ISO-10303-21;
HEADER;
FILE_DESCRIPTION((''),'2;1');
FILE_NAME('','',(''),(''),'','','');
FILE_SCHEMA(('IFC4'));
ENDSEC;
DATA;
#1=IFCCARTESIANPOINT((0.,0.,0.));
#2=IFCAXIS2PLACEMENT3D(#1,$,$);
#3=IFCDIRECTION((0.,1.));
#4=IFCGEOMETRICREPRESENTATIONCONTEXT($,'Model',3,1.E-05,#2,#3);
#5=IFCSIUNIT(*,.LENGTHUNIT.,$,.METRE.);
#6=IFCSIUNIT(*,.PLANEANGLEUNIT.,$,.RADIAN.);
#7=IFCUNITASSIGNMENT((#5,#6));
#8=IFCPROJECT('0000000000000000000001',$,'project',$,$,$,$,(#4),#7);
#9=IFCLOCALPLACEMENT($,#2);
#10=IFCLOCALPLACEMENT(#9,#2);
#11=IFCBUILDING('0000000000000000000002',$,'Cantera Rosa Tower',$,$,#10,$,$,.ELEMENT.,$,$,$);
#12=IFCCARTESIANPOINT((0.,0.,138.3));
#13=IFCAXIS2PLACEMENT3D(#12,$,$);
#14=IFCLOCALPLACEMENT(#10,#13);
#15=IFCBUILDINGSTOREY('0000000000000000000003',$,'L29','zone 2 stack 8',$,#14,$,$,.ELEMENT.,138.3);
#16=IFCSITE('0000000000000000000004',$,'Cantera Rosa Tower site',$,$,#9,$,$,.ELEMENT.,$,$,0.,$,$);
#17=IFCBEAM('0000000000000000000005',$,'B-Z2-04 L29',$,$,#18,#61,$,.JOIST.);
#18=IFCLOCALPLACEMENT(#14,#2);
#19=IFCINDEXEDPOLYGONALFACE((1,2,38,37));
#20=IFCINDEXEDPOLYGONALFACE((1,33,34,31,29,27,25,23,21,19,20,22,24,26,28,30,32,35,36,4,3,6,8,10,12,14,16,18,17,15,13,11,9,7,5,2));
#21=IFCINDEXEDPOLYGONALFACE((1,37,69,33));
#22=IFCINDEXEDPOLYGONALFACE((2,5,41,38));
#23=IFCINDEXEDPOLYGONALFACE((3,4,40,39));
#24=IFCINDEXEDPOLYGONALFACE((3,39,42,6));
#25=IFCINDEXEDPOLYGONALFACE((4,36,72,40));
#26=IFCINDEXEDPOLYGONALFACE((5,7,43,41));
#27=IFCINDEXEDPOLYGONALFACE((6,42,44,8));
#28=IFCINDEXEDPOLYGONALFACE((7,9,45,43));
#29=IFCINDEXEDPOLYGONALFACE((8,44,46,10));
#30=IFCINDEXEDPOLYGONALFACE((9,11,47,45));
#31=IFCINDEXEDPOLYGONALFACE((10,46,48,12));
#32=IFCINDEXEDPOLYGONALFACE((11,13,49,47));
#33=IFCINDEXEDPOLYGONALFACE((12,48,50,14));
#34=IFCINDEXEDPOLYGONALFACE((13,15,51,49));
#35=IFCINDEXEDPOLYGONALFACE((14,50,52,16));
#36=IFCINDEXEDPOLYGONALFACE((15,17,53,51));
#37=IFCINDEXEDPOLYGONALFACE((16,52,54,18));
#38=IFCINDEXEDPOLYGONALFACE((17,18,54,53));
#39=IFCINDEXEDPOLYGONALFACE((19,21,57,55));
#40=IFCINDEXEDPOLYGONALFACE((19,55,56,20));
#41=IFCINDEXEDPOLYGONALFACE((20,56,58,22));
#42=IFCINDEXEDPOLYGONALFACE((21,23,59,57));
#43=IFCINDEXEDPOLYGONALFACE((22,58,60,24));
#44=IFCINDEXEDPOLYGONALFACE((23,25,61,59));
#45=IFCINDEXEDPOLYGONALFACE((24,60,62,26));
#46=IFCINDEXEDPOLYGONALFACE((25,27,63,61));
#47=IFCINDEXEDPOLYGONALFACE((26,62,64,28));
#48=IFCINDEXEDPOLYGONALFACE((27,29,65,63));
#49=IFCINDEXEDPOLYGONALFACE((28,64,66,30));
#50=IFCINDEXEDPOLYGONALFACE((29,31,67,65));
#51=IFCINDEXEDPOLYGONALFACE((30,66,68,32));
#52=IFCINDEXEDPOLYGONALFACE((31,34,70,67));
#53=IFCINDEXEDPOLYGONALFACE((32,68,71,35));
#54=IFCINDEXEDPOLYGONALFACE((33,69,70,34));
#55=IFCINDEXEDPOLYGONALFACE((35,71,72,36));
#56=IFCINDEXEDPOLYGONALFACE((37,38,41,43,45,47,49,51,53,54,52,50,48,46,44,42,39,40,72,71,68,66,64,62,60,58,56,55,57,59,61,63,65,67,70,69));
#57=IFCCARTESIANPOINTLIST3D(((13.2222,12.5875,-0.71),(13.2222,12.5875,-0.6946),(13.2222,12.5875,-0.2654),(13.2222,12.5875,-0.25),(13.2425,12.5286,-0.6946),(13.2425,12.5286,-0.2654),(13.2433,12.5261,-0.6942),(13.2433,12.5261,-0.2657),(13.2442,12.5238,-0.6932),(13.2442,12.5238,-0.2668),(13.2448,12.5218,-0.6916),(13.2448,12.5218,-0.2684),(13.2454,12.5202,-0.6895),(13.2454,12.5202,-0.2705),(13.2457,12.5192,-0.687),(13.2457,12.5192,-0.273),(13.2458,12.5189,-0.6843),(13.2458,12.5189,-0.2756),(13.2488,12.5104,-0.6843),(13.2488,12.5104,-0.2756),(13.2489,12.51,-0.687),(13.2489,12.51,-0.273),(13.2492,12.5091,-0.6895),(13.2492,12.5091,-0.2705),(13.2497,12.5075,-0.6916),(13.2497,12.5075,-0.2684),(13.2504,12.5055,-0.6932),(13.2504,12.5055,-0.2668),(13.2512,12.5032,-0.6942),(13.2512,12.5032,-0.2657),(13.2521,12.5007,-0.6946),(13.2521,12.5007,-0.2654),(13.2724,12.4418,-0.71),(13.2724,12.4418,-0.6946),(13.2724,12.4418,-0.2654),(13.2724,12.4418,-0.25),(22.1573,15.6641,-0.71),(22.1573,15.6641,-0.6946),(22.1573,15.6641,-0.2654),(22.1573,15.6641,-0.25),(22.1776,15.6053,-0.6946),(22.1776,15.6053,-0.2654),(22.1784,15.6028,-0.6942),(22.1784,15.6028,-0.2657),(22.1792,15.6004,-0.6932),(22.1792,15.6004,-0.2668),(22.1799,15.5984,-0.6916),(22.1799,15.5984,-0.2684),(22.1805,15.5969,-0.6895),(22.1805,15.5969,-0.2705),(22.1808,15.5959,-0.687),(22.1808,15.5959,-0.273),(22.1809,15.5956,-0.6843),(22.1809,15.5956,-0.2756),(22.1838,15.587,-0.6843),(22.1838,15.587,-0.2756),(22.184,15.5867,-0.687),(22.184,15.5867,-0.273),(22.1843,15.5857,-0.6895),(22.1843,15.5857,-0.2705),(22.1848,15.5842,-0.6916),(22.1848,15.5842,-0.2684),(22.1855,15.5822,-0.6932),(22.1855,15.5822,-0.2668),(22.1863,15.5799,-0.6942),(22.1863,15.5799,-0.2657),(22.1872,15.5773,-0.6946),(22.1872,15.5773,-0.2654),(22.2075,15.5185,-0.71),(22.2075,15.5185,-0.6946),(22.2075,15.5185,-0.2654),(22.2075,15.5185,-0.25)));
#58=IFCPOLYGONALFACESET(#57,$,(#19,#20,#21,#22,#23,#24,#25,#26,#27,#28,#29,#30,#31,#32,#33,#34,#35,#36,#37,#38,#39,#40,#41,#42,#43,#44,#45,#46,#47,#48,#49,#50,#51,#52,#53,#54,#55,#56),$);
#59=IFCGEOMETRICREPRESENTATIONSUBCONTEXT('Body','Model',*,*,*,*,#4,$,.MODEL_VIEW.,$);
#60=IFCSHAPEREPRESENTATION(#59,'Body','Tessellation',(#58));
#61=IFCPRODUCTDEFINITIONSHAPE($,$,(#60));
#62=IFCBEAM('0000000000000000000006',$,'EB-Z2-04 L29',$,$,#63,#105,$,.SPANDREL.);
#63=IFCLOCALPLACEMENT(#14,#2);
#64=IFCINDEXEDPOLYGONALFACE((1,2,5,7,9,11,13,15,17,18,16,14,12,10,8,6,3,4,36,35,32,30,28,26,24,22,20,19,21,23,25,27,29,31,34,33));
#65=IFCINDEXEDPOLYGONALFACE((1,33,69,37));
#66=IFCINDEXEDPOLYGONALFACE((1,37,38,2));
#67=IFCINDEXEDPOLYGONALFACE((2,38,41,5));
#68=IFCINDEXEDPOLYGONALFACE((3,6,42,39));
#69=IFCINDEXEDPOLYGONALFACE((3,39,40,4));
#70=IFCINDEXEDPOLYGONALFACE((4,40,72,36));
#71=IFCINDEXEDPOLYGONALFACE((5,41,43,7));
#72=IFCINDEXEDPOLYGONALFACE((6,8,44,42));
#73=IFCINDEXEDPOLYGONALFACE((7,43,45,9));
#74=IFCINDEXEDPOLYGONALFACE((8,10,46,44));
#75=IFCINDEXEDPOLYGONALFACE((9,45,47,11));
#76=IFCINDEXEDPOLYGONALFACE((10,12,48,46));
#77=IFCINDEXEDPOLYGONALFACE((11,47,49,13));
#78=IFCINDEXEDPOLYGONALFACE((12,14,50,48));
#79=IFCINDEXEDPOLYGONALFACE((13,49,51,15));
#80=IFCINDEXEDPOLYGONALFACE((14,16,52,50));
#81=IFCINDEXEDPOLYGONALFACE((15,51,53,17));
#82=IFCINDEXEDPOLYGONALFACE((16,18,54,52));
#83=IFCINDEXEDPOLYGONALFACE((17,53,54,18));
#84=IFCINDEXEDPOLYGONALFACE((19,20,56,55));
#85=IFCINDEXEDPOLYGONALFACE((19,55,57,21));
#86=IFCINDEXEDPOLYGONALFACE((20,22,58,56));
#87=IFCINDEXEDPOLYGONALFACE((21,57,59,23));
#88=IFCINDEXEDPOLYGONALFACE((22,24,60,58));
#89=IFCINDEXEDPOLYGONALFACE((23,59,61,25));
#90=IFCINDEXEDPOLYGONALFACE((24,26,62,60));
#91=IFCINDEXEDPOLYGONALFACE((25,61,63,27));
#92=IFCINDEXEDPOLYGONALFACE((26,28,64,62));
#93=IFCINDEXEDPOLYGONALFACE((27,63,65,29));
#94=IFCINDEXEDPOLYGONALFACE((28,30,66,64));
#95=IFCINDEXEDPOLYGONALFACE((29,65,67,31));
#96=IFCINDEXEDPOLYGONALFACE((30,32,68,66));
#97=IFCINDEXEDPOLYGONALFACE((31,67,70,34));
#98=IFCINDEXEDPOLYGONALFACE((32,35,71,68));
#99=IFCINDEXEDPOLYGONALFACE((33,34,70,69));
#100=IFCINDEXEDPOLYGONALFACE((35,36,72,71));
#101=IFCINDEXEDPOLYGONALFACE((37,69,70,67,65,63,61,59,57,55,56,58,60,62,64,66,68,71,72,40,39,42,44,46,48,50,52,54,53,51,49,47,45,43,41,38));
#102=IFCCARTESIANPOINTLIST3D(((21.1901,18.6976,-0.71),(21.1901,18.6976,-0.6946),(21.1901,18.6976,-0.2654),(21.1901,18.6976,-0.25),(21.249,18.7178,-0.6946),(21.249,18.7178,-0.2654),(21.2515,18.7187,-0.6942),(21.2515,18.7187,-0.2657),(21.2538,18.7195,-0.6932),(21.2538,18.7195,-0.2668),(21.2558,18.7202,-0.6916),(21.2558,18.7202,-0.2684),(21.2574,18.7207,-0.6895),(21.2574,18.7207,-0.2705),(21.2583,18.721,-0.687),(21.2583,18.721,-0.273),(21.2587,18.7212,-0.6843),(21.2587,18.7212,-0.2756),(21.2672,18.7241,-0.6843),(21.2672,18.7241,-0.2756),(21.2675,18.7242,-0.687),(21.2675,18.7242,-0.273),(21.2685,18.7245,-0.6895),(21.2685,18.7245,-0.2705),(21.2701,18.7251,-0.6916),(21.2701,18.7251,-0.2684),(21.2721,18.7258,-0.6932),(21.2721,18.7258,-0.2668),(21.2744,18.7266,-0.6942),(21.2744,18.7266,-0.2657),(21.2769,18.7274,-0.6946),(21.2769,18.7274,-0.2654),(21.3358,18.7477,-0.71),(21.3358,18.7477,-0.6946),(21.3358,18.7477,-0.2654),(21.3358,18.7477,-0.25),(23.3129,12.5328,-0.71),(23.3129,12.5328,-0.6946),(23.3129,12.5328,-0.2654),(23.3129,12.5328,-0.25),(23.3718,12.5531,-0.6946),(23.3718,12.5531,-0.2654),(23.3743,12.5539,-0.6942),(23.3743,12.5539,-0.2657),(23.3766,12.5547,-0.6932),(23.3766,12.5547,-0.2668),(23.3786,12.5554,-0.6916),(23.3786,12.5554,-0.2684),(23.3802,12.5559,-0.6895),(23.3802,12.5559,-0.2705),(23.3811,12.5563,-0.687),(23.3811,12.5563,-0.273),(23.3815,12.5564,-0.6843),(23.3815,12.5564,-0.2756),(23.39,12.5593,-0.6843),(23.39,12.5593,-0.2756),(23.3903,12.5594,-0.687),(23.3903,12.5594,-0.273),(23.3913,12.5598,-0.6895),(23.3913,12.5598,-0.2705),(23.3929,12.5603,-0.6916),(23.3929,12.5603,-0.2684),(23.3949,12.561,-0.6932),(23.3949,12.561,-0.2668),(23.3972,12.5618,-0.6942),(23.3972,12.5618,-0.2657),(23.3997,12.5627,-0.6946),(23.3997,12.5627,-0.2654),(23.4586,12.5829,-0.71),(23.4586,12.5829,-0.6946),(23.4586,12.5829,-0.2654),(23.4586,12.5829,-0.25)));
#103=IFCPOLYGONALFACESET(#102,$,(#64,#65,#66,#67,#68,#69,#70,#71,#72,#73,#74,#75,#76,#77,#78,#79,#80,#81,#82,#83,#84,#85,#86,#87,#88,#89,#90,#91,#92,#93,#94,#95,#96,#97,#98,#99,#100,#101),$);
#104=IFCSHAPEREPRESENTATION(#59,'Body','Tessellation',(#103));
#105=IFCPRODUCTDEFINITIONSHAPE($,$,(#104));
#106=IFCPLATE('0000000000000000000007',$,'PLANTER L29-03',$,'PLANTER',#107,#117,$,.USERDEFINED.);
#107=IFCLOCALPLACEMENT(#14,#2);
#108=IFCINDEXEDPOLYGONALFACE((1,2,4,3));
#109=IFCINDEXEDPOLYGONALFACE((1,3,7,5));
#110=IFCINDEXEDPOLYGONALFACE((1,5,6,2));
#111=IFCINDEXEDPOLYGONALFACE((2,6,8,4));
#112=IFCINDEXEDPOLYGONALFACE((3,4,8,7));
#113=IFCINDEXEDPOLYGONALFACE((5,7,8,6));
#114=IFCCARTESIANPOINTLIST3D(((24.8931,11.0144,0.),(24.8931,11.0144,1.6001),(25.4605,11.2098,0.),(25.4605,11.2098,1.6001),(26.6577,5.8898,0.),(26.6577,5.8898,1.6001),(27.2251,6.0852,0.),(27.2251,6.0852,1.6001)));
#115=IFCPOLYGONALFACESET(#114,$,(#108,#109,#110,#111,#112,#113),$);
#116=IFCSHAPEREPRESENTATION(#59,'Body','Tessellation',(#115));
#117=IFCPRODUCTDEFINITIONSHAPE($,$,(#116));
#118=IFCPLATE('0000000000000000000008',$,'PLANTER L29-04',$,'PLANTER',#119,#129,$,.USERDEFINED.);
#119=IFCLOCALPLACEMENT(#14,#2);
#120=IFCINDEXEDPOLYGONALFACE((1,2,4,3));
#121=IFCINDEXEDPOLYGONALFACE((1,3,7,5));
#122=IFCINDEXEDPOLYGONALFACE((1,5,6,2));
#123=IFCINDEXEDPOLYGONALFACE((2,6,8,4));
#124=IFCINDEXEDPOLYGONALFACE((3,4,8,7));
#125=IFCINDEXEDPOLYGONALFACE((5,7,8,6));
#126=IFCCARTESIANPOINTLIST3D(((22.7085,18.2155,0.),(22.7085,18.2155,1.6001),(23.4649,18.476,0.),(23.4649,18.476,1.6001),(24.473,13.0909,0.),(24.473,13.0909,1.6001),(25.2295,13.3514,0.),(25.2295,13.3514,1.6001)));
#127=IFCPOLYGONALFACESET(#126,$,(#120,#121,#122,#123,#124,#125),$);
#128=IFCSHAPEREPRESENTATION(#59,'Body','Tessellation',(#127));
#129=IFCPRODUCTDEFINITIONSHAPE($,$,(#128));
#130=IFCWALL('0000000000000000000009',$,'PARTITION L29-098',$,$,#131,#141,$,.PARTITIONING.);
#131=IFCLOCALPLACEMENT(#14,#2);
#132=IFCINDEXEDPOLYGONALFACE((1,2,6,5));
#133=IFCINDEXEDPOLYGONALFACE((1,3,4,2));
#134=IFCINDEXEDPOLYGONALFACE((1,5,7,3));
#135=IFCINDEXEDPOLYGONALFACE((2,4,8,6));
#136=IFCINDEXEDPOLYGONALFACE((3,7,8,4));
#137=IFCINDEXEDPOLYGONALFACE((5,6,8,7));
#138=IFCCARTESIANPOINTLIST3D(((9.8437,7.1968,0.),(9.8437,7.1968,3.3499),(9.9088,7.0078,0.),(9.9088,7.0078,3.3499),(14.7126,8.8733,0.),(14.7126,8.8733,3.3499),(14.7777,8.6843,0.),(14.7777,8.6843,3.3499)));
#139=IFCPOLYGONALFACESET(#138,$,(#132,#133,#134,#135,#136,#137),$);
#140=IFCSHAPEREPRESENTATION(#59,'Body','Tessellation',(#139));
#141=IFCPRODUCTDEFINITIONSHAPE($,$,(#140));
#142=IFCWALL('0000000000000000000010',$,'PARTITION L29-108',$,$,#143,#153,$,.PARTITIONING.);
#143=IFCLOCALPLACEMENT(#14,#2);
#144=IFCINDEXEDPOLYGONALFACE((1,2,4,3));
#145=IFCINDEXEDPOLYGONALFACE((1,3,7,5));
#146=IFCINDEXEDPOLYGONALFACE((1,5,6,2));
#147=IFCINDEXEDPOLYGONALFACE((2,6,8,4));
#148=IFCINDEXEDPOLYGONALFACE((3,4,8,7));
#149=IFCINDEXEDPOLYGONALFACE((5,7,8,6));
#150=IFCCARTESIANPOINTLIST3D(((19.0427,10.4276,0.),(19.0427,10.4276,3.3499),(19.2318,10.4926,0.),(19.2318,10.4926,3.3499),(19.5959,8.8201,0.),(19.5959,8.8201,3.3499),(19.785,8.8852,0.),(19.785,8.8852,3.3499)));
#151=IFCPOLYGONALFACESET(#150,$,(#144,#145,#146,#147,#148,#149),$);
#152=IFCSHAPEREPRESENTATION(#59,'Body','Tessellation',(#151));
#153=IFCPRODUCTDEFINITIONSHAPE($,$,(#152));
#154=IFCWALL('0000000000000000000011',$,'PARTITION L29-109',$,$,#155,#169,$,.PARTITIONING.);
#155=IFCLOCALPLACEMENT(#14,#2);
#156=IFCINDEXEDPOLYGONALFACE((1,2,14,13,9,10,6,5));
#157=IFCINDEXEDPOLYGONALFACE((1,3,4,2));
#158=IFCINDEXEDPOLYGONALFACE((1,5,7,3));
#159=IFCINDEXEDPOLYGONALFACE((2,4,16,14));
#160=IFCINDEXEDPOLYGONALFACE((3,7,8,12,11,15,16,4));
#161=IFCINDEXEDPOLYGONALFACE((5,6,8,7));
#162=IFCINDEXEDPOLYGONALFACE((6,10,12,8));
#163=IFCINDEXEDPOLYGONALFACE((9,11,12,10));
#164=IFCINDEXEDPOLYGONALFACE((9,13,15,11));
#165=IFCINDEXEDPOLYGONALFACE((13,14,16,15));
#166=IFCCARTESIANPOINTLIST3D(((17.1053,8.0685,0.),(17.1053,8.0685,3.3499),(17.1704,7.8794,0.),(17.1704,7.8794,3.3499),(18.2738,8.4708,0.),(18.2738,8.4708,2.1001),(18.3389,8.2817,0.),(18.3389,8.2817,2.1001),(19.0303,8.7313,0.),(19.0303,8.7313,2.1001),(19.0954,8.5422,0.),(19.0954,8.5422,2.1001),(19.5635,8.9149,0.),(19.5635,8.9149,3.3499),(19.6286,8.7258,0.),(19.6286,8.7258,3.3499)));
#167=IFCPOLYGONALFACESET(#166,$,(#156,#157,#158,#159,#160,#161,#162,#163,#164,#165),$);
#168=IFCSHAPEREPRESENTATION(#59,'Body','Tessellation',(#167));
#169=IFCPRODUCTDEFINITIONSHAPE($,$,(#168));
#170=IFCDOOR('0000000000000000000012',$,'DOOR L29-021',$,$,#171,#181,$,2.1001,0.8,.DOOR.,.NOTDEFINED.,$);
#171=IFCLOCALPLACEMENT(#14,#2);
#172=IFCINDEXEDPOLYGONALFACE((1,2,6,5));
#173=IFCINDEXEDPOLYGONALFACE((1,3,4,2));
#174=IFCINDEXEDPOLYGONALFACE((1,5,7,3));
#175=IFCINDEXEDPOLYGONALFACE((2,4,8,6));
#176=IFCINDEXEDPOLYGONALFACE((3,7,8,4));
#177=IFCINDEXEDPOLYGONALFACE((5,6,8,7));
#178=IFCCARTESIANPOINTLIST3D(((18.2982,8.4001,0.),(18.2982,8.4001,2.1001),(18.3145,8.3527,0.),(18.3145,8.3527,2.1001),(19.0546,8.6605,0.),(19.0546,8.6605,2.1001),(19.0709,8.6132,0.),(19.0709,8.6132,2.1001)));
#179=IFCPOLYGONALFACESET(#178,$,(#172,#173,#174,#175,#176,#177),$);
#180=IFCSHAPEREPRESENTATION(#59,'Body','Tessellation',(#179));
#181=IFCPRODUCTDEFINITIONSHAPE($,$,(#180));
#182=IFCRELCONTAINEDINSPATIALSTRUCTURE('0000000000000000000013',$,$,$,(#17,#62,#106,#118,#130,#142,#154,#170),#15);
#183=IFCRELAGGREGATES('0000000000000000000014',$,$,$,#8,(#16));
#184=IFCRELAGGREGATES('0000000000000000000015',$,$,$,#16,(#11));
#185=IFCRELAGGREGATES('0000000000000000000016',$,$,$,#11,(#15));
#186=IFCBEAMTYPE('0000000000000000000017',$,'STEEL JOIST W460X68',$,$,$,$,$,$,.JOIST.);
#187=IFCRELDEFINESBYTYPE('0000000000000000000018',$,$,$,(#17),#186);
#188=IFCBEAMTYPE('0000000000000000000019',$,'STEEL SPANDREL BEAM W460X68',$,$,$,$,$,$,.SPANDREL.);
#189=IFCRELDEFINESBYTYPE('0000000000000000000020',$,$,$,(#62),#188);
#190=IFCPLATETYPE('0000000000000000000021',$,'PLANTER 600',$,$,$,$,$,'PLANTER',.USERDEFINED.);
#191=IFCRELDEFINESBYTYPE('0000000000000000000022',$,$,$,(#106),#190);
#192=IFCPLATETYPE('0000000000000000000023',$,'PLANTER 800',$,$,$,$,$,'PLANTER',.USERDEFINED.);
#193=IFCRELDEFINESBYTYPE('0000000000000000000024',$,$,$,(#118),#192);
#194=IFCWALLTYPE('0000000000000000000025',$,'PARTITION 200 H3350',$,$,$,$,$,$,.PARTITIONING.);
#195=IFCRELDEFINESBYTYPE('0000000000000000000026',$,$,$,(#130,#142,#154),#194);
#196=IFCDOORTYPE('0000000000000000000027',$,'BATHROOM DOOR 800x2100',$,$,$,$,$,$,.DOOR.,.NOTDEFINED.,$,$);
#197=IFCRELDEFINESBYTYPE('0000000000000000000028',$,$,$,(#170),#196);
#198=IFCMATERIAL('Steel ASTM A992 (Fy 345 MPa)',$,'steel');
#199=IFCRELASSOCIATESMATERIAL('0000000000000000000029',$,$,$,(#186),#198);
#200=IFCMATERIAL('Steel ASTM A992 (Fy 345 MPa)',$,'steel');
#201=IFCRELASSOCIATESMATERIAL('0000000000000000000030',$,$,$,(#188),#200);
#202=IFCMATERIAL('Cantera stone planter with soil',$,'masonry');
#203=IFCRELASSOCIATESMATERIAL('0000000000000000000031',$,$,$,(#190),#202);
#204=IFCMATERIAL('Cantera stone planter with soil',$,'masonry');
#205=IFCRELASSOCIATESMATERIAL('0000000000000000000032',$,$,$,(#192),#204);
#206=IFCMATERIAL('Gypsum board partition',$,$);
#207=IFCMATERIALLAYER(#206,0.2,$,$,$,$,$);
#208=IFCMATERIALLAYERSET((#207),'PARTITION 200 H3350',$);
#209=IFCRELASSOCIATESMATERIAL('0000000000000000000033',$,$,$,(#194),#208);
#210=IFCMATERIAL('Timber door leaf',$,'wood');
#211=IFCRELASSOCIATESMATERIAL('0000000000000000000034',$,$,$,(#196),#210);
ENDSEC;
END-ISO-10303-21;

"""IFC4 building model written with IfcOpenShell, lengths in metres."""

from ifc_helpers import new_model, si_unit, direction, frame, frame_2d, origin, origin_2d, place, context, subcontext, project, spatial, rectangle, i_section, extrude, material, layer, layer_set, material_profile, profile_set, type_object, element, fill, save


model = new_model("IFC4")

# Units and contexts
model_context = context("Model", 3, precision=1e-05, world=origin(), true_north=direction((0.0, 1.0)))
body_context = subcontext(model_context, "Body", "Model", "MODEL_VIEW")
ifc_project = project(units=[si_unit("LENGTHUNIT", "METRE"), si_unit("PLANEANGLEUNIT", "RADIAN")], contexts=[model_context])

# Site, building, storey
site_placement = place(None, origin())
site = spatial("IfcSite", under=ifc_project, at=site_placement, Name="Cantera Rosa Tower site", CompositionType="ELEMENT", RefElevation=0.0)
building_placement = place(site_placement, origin())
building = spatial("IfcBuilding", under=site, at=building_placement, Name="Cantera Rosa Tower", CompositionType="ELEMENT")
storey_placement = place(building_placement, frame((0.0, 0.0, 138.3)))
storey = spatial("IfcBuildingStorey", under=building, at=storey_placement, Name="L29", Description="zone 2 stack 8", CompositionType="ELEMENT", Elevation=138.3)

# Beams
ifc_material_1 = material(Name="Steel ASTM A992 (Fy 345 MPa)", Category="steel")
ifc_material_profile_1 = material_profile(ifc_material_1, i_section(OverallWidth=0.1541, OverallDepth=0.46, WebThickness=0.009, FlangeThickness=0.0154, FilletRadius=0.0103, at=origin_2d()), Name="W460X68")
ifc_profile_set_1 = profile_set([ifc_material_profile_1], Name="Steel ASTM A992 (Fy 345 MPa)")
beam_type_1 = type_object("IfcBeamType", Name="STEEL JOIST W460X68", PredefinedType="JOIST", material=ifc_profile_set_1)
beam_1_placement = place(storey_placement, frame((22.1824, 15.5913, -0.48), z_axis=(-0.945516, -0.325575, 0.0), x_axis=(0.325575, -0.945516, 0.0)))
element("IfcBeam", 1, at=beam_1_placement, inside=storey, type_object=beam_type_1, Name="B-Z2-04 L29", PredefinedType="JOIST", context=body_context, shape_type="SweptSolid", body=[
    extrude(i_section(OverallWidth=0.1541, OverallDepth=0.46, WebThickness=0.009, FlangeThickness=0.0154, FilletRadius=0.0103, at=origin_2d()), origin(), (0.0, 0.0, 1.0), 9.45),
])
ifc_material_2 = material(Name="Steel ASTM A992 (Fy 345 MPa)", Category="steel")
ifc_material_profile_2 = material_profile(ifc_material_2, i_section(OverallWidth=0.1541, OverallDepth=0.46, WebThickness=0.009, FlangeThickness=0.0154, FilletRadius=0.0103, at=origin_2d()), Name="W460X68")
ifc_profile_set_2 = profile_set([ifc_material_profile_2], Name="Steel ASTM A992 (Fy 345 MPa)")
beam_type_2 = type_object("IfcBeamType", Name="STEEL SPANDREL BEAM W460X68", PredefinedType="SPANDREL", material=ifc_profile_set_2)
beam_2_placement = place(storey_placement, frame((23.3857, 12.5579, -0.48), z_axis=(-0.325581, 0.945514, 0.0), x_axis=(-0.945514, -0.325581, 0.0)))
element("IfcBeam", 2, at=beam_2_placement, inside=storey, type_object=beam_type_2, Name="EB-Z2-04 L29", PredefinedType="SPANDREL", context=body_context, shape_type="SweptSolid", body=[
    extrude(i_section(OverallWidth=0.1541, OverallDepth=0.46, WebThickness=0.009, FlangeThickness=0.0154, FilletRadius=0.0103, at=origin_2d()), origin(), (0.0, 0.0, 1.0), 6.52),
])

# Plates
ifc_material_3 = material(Name="Cantera stone planter with soil", Category="masonry")
plate_type_1 = type_object("IfcPlateType", Name="PLANTER 600", ElementType="PLANTER", PredefinedType="USERDEFINED", material=ifc_material_3)
plate_1_placement = place(storey_placement, frame((26.0591, 8.5498, 0.0), z_axis=(0.0, 0.0, 1.0), x_axis=(-0.325568, 0.945519, 0.0)))
element("IfcPlate", 3, at=plate_1_placement, inside=storey, type_object=plate_type_1, Name="PLANTER L29-03", ObjectType="PLANTER", PredefinedType="USERDEFINED", context=body_context, shape_type="SweptSolid", body=[
    extrude(rectangle(XDim=5.4199, YDim=0.6001, at=origin_2d()), origin(), (0.0, 0.0, 1.0), 1.6001),
])
ifc_material_4 = material(Name="Cantera stone planter with soil", Category="masonry")
plate_type_2 = type_object("IfcPlateType", Name="PLANTER 800", ElementType="PLANTER", PredefinedType="USERDEFINED", material=ifc_material_4)
plate_2_placement = place(storey_placement, frame((23.969, 15.7834, 0.0), z_axis=(0.0, 0.0, 1.0), x_axis=(-0.325568, 0.945519, 0.0)))
element("IfcPlate", 4, at=plate_2_placement, inside=storey, type_object=plate_type_2, Name="PLANTER L29-04", ObjectType="PLANTER", PredefinedType="USERDEFINED", context=body_context, shape_type="SweptSolid", body=[
    extrude(rectangle(XDim=5.4199, YDim=0.8, at=origin_2d()), origin(), (0.0, 0.0, 1.0), 1.6001),
])

# Walls
ifc_material_5 = material(Name="Gypsum board partition")
ifc_layer_1 = layer(ifc_material_5, 0.2)
ifc_layer_set_1 = layer_set([ifc_layer_1], Name="PARTITION 200 H3350")
wall_type_1 = type_object("IfcWallType", Name="PARTITION 200 H3350", PredefinedType="PARTITIONING", material=ifc_layer_set_1)
wall_1_placement = place(storey_placement, frame((14.7451, 8.7788, 0.0), z_axis=(0.0, 0.0, 1.0), x_axis=(-0.945517, -0.325571, 0.0)))
element("IfcWall", 5, at=wall_1_placement, inside=storey, type_object=wall_type_1, Name="PARTITION L29-098", PredefinedType="PARTITIONING", context=body_context, shape_type="SweptSolid", body=[
    extrude(rectangle(XDim=5.1494, YDim=0.2, at=frame_2d((2.5747, 0.0))), origin(), (0.0, 0.0, 1.0), 3.3499),
])
wall_2_placement = place(storey_placement, frame((19.1372, 10.4602, 0.0), z_axis=(0.0, 0.0, 1.0), x_axis=(0.325433, -0.945565, 0.0)))
element("IfcWall", 6, at=wall_2_placement, inside=storey, type_object=wall_type_1, Name="PARTITION L29-108", PredefinedType="PARTITIONING", context=body_context, shape_type="SweptSolid", body=[
    extrude(rectangle(XDim=1.7, YDim=0.2, at=frame_2d((0.8501, 0.0))), origin(), (0.0, 0.0, 1.0), 3.3499),
])

# Wall, opening, door
wall_3_placement = place(storey_placement, frame((19.5959, 8.8203, 0.0), z_axis=(0.0, 0.0, 1.0), x_axis=(-0.94552, -0.325565, 0.0)))
wall_3 = element("IfcWall", 7, at=wall_3_placement, inside=storey, type_object=wall_type_1, Name="PARTITION L29-109", PredefinedType="PARTITIONING", context=body_context, shape_type="SweptSolid", body=[
    extrude(rectangle(XDim=2.5999, YDim=0.2, at=frame_2d((1.2998, 0.0))), origin(), (0.0, 0.0, 1.0), 3.3499),
])
opening_1_placement = place(wall_3_placement, frame((0.564, 0.0, 0.0)))
opening_1 = element("IfcOpeningElement", 8, at=opening_1_placement, cuts=wall_3, PredefinedType="OPENING", context=body_context, shape_type="SweptSolid", body=[
    extrude(rectangle(XDim=0.8, YDim=2.1001, at=frame_2d((0.3999, 1.05))), frame((0.0, 0.1099, 0.0), z_axis=(0.0, -1.0, 0.0), x_axis=(1.0, 0.0, 0.0)), (0.0, 0.0, 1.0), 0.22),
])
ifc_material_6 = material(Name="Timber door leaf", Category="wood")
door_type_1 = type_object("IfcDoorType", Name="BATHROOM DOOR 800x2100", OperationType="NOTDEFINED", PredefinedType="DOOR", material=ifc_material_6)
door_1_placement = place(opening_1_placement, origin())
door_1 = element("IfcDoor", 9, at=door_1_placement, inside=storey, type_object=door_type_1, Name="DOOR L29-021", OperationType="NOTDEFINED", OverallHeight=2.1001, OverallWidth=0.8, PredefinedType="DOOR", context=body_context, shape_type="SweptSolid", body=[
    extrude(rectangle(XDim=0.8, YDim=2.1001, at=frame_2d((0.3999, 1.05))), frame((0.0, 0.0249, 0.0), z_axis=(0.0, -1.0, 0.0), x_axis=(1.0, 0.0, 0.0)), (0.0, 0.0, 1.0), 0.05),
])
fill(opening_1, door_1)

save(model, "model.ifc")
